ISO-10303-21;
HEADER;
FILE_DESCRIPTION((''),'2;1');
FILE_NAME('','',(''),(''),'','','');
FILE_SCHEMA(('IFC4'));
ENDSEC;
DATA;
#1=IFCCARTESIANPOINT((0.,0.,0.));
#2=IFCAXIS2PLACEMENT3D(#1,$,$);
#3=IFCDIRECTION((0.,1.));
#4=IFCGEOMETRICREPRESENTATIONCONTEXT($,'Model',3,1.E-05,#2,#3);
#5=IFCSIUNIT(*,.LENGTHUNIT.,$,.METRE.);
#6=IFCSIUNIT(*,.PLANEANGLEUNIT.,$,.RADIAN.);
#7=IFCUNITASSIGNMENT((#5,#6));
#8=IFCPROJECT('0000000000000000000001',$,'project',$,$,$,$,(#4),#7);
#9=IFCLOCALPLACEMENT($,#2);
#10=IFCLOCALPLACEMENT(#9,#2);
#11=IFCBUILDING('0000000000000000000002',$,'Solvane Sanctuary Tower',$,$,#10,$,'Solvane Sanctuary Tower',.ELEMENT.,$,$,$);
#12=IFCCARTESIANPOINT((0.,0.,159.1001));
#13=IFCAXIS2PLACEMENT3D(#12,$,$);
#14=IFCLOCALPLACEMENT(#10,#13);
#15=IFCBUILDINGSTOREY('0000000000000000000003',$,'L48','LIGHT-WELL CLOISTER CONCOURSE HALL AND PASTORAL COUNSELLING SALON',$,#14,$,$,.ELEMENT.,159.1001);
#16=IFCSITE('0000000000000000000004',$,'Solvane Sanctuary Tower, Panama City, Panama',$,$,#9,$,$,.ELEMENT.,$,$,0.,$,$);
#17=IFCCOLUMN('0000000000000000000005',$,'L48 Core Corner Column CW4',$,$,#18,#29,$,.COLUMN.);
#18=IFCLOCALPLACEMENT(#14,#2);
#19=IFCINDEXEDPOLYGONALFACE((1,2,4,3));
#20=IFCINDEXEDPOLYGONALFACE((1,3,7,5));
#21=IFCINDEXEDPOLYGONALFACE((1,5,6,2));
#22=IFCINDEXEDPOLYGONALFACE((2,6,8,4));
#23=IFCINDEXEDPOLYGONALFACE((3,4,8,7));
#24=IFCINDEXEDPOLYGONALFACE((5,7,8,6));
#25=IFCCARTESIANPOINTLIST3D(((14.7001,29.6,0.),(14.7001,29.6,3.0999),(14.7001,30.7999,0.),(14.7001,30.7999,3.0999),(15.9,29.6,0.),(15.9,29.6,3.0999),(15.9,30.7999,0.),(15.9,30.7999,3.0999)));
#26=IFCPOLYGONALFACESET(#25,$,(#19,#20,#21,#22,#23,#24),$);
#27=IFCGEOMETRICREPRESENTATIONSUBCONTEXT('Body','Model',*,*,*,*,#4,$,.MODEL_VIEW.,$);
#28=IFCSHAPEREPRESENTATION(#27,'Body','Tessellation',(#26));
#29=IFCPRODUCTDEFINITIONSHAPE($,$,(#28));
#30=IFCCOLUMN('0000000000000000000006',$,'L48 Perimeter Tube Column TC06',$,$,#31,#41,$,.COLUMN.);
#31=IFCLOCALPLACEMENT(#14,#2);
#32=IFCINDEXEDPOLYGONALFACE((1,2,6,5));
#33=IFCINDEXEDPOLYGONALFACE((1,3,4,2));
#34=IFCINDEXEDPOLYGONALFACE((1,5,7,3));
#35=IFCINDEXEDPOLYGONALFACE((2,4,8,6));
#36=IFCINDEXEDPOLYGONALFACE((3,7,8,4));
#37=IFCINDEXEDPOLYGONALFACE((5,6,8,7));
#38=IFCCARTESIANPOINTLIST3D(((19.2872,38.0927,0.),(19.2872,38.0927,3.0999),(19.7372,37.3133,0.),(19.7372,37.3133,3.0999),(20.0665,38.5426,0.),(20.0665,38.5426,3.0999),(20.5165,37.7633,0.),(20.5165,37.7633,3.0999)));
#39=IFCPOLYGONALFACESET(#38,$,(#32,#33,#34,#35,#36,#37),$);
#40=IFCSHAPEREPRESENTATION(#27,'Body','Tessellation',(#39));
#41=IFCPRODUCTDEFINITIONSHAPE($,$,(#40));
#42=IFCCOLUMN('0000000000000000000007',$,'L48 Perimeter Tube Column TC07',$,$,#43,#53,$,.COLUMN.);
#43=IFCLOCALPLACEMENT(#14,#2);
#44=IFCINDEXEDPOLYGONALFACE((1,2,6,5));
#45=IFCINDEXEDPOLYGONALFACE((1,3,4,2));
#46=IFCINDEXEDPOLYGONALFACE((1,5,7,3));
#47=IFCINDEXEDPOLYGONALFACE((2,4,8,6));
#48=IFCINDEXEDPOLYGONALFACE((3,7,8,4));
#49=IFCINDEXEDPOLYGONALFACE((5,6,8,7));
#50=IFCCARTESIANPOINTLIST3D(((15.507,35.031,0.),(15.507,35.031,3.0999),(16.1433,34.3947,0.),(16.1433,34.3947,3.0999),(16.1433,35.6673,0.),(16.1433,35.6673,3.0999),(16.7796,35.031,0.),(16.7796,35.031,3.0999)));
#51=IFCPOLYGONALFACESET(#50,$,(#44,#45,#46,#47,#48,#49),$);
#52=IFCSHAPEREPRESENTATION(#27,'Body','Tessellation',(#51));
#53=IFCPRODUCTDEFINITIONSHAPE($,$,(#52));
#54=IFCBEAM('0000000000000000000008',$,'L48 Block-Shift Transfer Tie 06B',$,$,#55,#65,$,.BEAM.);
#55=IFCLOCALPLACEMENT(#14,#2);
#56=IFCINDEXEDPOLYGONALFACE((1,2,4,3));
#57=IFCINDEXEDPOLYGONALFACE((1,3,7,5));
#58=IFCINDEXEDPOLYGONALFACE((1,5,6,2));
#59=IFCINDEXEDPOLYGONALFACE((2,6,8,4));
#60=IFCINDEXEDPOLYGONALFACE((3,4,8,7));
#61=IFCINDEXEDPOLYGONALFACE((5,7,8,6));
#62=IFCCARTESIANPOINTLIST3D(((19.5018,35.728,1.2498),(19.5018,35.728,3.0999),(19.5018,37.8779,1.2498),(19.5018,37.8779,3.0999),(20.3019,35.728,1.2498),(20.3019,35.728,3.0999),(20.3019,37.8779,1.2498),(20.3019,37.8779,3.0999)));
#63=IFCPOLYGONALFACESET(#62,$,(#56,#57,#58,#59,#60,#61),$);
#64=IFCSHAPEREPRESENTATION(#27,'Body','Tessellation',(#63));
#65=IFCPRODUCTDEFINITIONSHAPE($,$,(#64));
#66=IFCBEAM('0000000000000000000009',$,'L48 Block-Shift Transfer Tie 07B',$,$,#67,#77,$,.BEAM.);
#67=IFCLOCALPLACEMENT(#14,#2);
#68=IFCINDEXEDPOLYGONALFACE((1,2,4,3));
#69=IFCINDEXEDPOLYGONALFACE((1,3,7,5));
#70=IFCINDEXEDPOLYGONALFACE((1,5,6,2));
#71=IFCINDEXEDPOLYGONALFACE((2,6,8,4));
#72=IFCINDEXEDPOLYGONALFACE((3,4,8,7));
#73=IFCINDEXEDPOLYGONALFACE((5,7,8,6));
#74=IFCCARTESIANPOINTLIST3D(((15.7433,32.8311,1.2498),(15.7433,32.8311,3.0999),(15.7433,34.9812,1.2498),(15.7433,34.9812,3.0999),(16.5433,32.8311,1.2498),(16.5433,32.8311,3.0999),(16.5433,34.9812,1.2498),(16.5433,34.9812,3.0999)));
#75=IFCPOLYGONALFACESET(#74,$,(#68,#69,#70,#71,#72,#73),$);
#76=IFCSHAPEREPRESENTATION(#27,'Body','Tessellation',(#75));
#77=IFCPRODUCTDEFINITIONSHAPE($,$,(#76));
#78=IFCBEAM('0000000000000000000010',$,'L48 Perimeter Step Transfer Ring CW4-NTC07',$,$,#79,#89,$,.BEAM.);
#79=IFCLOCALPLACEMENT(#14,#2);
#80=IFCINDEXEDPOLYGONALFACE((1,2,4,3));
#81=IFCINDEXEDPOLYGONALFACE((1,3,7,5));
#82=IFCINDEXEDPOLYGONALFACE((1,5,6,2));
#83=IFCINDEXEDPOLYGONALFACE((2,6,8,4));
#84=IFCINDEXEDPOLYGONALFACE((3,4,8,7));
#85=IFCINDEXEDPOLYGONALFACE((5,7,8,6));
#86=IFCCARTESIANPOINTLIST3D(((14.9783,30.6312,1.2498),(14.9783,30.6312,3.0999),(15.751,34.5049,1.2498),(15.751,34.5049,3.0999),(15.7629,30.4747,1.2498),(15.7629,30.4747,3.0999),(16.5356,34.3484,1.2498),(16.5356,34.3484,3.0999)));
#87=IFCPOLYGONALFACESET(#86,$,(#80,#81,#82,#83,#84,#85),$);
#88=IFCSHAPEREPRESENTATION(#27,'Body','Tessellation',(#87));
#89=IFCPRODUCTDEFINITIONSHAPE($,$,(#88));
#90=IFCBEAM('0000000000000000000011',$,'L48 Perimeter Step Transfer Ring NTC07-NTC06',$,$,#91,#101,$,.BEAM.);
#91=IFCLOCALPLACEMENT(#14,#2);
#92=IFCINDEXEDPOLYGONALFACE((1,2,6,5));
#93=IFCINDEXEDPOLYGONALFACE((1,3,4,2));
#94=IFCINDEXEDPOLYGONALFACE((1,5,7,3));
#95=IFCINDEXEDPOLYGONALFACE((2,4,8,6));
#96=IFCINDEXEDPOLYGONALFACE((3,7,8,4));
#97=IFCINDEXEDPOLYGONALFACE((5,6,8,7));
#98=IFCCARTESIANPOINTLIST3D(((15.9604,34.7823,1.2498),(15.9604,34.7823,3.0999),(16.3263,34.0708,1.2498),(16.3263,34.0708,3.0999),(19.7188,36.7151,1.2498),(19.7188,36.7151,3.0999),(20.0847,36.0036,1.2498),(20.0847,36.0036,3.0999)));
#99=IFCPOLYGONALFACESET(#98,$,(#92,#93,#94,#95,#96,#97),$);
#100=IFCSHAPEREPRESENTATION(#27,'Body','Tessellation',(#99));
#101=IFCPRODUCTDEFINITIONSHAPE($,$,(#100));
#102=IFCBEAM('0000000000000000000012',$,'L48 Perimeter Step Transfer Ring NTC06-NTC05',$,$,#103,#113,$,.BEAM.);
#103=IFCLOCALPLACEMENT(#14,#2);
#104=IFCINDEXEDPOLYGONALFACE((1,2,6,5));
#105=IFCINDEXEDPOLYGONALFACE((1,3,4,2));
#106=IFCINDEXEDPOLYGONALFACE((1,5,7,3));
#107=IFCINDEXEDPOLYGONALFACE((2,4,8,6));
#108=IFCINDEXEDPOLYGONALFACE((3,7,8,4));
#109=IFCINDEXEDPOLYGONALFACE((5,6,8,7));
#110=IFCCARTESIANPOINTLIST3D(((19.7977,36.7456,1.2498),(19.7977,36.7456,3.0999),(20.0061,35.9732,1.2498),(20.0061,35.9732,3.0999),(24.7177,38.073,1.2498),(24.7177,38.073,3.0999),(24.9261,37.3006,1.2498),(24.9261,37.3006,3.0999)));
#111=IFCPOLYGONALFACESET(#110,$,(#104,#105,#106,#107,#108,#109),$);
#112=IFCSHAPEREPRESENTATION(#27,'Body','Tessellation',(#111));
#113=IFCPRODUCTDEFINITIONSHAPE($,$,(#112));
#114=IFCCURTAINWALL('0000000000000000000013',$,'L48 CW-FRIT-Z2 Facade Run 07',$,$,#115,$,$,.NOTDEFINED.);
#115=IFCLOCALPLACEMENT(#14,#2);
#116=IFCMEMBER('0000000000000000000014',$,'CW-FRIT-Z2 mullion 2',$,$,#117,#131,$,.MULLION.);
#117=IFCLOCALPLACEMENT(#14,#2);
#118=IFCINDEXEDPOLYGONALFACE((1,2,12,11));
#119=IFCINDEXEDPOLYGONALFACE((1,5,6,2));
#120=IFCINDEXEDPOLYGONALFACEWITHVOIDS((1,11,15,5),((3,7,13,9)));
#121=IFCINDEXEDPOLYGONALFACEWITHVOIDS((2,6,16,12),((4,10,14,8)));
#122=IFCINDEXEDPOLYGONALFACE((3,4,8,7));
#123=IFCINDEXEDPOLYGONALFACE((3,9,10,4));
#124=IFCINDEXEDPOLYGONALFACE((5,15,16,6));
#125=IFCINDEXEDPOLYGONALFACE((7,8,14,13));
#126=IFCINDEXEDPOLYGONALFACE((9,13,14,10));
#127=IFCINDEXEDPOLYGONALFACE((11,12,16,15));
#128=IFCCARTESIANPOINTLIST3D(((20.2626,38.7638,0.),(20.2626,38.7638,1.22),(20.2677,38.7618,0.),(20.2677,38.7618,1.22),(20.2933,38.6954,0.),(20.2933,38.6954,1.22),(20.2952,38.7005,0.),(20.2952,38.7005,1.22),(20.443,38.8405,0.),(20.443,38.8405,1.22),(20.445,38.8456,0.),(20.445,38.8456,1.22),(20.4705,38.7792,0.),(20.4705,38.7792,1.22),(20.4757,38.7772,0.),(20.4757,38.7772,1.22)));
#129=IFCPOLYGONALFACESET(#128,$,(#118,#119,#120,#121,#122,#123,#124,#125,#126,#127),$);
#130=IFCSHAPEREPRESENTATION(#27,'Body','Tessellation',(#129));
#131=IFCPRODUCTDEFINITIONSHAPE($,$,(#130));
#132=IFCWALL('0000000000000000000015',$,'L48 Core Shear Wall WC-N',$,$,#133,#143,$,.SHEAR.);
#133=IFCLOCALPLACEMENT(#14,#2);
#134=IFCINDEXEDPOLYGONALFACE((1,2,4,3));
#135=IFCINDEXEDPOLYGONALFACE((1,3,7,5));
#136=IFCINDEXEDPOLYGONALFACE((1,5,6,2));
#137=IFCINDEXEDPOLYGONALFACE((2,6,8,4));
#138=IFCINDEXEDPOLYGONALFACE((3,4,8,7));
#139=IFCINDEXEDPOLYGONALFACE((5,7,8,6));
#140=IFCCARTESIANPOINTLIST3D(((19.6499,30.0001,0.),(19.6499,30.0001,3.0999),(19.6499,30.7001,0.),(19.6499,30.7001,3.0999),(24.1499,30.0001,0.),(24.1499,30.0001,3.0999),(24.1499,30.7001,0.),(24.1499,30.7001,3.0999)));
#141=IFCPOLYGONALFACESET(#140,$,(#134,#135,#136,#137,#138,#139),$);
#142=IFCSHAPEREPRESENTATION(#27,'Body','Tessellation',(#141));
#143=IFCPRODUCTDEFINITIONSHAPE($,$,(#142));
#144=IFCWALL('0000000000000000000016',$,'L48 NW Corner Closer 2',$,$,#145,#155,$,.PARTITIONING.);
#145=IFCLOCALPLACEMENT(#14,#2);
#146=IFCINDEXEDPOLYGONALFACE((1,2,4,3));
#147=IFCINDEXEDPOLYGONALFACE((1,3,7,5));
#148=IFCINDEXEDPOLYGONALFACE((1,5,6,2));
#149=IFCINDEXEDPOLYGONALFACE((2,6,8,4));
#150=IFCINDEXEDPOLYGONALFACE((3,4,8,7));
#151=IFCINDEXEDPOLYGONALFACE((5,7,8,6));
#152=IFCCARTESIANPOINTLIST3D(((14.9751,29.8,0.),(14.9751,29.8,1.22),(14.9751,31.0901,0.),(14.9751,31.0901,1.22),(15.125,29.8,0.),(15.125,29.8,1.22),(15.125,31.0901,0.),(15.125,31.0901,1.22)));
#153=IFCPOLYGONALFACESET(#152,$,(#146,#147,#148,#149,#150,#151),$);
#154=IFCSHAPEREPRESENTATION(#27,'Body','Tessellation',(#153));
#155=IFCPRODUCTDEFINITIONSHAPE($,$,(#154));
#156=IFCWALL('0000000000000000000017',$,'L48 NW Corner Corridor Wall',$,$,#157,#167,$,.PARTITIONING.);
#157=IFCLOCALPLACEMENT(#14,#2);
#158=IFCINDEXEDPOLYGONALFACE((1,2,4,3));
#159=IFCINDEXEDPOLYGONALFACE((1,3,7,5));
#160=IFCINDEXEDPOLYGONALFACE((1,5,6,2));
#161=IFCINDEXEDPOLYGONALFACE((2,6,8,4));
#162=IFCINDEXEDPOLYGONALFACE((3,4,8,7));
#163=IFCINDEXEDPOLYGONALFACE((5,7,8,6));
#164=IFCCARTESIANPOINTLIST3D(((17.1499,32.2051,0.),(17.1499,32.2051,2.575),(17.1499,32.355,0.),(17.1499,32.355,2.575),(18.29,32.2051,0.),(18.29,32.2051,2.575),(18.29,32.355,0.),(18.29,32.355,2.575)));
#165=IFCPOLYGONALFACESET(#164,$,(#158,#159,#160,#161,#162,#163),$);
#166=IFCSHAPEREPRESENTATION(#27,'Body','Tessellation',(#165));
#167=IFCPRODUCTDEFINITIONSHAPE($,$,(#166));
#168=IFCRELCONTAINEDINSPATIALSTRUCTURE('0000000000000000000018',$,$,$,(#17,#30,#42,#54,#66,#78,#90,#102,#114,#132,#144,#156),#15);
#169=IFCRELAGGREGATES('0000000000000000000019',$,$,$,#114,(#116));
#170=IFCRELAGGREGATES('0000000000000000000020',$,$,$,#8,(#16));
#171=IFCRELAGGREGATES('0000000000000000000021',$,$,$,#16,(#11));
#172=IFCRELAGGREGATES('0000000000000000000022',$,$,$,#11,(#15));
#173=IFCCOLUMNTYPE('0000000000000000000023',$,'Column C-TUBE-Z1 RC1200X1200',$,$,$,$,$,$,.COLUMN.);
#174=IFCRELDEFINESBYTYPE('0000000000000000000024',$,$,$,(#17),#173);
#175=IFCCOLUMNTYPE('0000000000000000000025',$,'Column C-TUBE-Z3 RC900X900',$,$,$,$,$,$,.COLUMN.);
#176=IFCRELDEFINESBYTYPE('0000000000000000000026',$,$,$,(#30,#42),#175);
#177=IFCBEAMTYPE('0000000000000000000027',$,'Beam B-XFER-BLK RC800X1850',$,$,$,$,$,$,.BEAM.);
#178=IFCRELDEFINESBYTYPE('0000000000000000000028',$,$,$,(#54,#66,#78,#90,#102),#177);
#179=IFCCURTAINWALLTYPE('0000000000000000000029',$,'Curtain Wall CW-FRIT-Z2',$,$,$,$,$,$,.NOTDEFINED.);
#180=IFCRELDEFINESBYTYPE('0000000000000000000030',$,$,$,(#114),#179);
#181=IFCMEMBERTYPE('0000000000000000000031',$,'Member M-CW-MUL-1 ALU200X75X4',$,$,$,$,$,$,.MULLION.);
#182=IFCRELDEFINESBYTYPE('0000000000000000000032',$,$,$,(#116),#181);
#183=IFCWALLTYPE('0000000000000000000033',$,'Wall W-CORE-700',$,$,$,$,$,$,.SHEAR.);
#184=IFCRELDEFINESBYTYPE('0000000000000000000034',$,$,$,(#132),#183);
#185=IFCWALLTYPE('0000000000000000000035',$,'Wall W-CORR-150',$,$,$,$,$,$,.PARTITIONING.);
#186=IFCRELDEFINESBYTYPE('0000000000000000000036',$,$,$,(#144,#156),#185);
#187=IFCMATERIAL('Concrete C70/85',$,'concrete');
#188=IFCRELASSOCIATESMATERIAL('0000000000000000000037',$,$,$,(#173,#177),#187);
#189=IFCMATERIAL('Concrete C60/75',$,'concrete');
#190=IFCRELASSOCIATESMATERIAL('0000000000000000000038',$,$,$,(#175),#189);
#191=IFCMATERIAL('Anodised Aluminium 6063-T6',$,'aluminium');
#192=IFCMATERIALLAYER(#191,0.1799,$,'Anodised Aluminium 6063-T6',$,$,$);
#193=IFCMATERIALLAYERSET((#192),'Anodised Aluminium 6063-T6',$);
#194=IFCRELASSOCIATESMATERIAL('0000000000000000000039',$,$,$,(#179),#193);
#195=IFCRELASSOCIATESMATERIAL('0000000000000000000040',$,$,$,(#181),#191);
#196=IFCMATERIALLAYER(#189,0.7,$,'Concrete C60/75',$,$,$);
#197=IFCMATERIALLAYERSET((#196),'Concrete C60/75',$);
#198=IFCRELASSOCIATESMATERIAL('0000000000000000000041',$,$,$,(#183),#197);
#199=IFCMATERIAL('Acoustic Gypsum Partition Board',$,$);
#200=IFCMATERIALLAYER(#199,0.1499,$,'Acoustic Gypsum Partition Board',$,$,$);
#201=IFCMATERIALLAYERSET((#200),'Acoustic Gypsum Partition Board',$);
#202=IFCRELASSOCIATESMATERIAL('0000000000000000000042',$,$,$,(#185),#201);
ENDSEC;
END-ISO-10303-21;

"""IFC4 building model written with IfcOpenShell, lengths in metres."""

from ifc_helpers import new_model, si_unit, direction, frame, frame_2d, origin, origin_2d, place, context, subcontext, project, spatial, rectangle, hollow_rectangle, extrude, material, layer, layer_set, material_profile, profile_set, type_object, element, aggregate, save


model = new_model("IFC4")

# Units and contexts
model_context = context("Model", 3, precision=1e-05, world=origin(), true_north=direction((0.0, 1.0)))
body_context = subcontext(model_context, "Body", "Model", "MODEL_VIEW")
ifc_project = project(units=[si_unit("LENGTHUNIT", "METRE"), si_unit("PLANEANGLEUNIT", "RADIAN")], contexts=[model_context])

# Site, building, storey
site_placement = place(None, origin())
site = spatial("IfcSite", under=ifc_project, at=site_placement, Name="Solvane Sanctuary Tower, Panama City, Panama", CompositionType="ELEMENT", RefElevation=0.0)
building_placement = place(site_placement, origin())
building = spatial("IfcBuilding", under=site, at=building_placement, Name="Solvane Sanctuary Tower", LongName="Solvane Sanctuary Tower", CompositionType="ELEMENT")
storey_placement = place(building_placement, frame((0.0, 0.0, 159.1001)))
storey = spatial("IfcBuildingStorey", under=building, at=storey_placement, Name="L48", Description="LIGHT-WELL CLOISTER CONCOURSE HALL AND PASTORAL COUNSELLING SALON", CompositionType="ELEMENT", Elevation=159.1001)

# Columns
ifc_material_1 = material(Name="Concrete C70/85", Category="concrete")
ifc_material_profile_1 = material_profile(ifc_material_1, rectangle(XDim=1.2, YDim=1.2, at=origin_2d()), Name="RC1200X1200")
ifc_profile_set_1 = profile_set([ifc_material_profile_1], Name="Concrete C70/85")
column_type_1 = type_object("IfcColumnType", Name="Column C-TUBE-Z1 RC1200X1200", PredefinedType="COLUMN", material=ifc_profile_set_1)
column_placement = place(storey_placement, frame((15.3, 30.2, 0.0), z_axis=(0.0, 0.0, 1.0), x_axis=(1.0, 0.0, 0.0)))
element("IfcColumn", 1, at=column_placement, inside=storey, type_object=column_type_1, Name="L48 Core Corner Column CW4", PredefinedType="COLUMN", context=body_context, shape_type="SweptSolid", body=[
    extrude(rectangle(XDim=1.2, YDim=1.2, at=origin_2d()), origin(), (0.0, 0.0, 1.0), 3.0999),
])
ifc_material_2 = material(Name="Concrete C60/75", Category="concrete")
ifc_material_profile_2 = material_profile(ifc_material_2, rectangle(XDim=0.8999, YDim=0.8999, at=origin_2d()), Name="RC900X900")
ifc_profile_set_2 = profile_set([ifc_material_profile_2], Name="Concrete C60/75")
column_type_2 = type_object("IfcColumnType", Name="Column C-TUBE-Z3 RC900X900", PredefinedType="COLUMN", material=ifc_profile_set_2)
for number, where, z_axis, x_axis, name in (
    (2, (19.9019, 37.928, 0.0), (0.0, 0.0, 1.0), (-0.5, 0.866025, 0.0), "L48 Perimeter Tube Column TC06"),
    (3, (16.1433, 35.031, 0.0), (0.0, 0.0, 1.0), (-0.707107, 0.707107, 0.0), "L48 Perimeter Tube Column TC07"),
):
    element("IfcColumn", number, at=place(storey_placement, frame(where, z_axis=z_axis, x_axis=x_axis)), inside=storey, type_object=column_type_2, Name=name, PredefinedType="COLUMN", context=body_context, shape_type="SweptSolid", body=[
        extrude(rectangle(XDim=0.8999, YDim=0.8999, at=origin_2d()), origin(), (0.0, 0.0, 1.0), 3.0999),
    ])

# Beams
ifc_material_profile_3 = material_profile(ifc_material_1, rectangle(XDim=0.8, YDim=1.8501, at=origin_2d()), Name="RC800X1850")
ifc_profile_set_3 = profile_set([ifc_material_profile_3], Name="Concrete C70/85")
beam_type = type_object("IfcBeamType", Name="Beam B-XFER-BLK RC800X1850", PredefinedType="BEAM", material=ifc_profile_set_3)
beam_1_placement = place(storey_placement, frame((19.9019, 37.8779, 2.1748), z_axis=(0.0, -1.0, 0.0), x_axis=(1.0, 0.0, 0.0)))
element("IfcBeam", 4, at=beam_1_placement, inside=storey, type_object=beam_type, Name="L48 Block-Shift Transfer Tie 06B", PredefinedType="BEAM", context=body_context, shape_type="SweptSolid", body=[
    extrude(rectangle(XDim=0.8, YDim=1.8501, at=origin_2d()), origin(), (0.0, 0.0, 1.0), 2.1499),
])
beam_2_placement = place(storey_placement, frame((16.1433, 34.9812, 2.1748), z_axis=(0.0, -1.0, 0.0), x_axis=(1.0, 0.0, 0.0)))
element("IfcBeam", 5, at=beam_2_placement, inside=storey, type_object=beam_type, Name="L48 Block-Shift Transfer Tie 07B", PredefinedType="BEAM", context=body_context, shape_type="SweptSolid", body=[
    extrude(rectangle(XDim=0.8, YDim=1.8501, at=origin_2d()), origin(), (0.0, 0.0, 1.0), 2.1501),
])
beam_3_placement = place(storey_placement, frame((15.3706, 30.553, 2.1748), z_axis=(0.195629, 0.980678, 0.0), x_axis=(-0.980678, 0.195629, 0.0)))
element("IfcBeam", 6, at=beam_3_placement, inside=storey, type_object=beam_type, Name="L48 Perimeter Step Transfer Ring CW4-NTC07", PredefinedType="BEAM", context=body_context, shape_type="SweptSolid", body=[
    extrude(rectangle(XDim=0.8, YDim=1.8501, at=origin_2d()), origin(), (0.0, 0.0, 1.0), 3.95),
])
beam_4_placement = place(storey_placement, frame((16.1433, 34.4265, 2.1748), z_axis=(0.889298, 0.457328, 0.0), x_axis=(-0.457328, 0.889298, 0.0)))
element("IfcBeam", 7, at=beam_4_placement, inside=storey, type_object=beam_type, Name="L48 Perimeter Step Transfer Ring NTC07-NTC06", PredefinedType="BEAM", context=body_context, shape_type="SweptSolid", body=[
    extrude(rectangle(XDim=0.8, YDim=1.8501, at=origin_2d()), origin(), (0.0, 0.0, 1.0), 4.2263),
])
beam_5_placement = place(storey_placement, frame((19.9019, 36.3594, 2.1748), z_axis=(0.965478, 0.260485, 0.0), x_axis=(-0.260485, 0.965478, 0.0)))
element("IfcBeam", 8, at=beam_5_placement, inside=storey, type_object=beam_type, Name="L48 Perimeter Step Transfer Ring NTC06-NTC05", PredefinedType="BEAM", context=body_context, shape_type="SweptSolid", body=[
    extrude(rectangle(XDim=0.8, YDim=1.8501, at=origin_2d()), origin(), (0.0, 0.0, 1.0), 5.0959),
])

# Curtain wall, member
ifc_material_3 = material(Name="Anodised Aluminium 6063-T6", Category="aluminium")
ifc_layer_1 = layer(ifc_material_3, 0.1799, Name="Anodised Aluminium 6063-T6")
ifc_layer_set_1 = layer_set([ifc_layer_1], Name="Anodised Aluminium 6063-T6")
curtain_wall_type = type_object("IfcCurtainWallType", Name="Curtain Wall CW-FRIT-Z2", PredefinedType="NOTDEFINED", material=ifc_layer_set_1)
curtain_wall_placement = place(storey_placement, origin())
curtain_wall = element("IfcCurtainWall", 9, at=curtain_wall_placement, inside=storey, type_object=curtain_wall_type, Name="L48 CW-FRIT-Z2 Facade Run 07", PredefinedType="NOTDEFINED")
ifc_material_profile_4 = material_profile(ifc_material_3, hollow_rectangle(XDim=0.075, YDim=0.2, WallThickness=0.0039, at=origin_2d()), Name="ALU200X75X4")
ifc_profile_set_4 = profile_set([ifc_material_profile_4], Name="Anodised Aluminium 6063-T6")
member_type = type_object("IfcMemberType", Name="Member M-CW-MUL-1 ALU200X75X4", PredefinedType="MULLION", material=ifc_profile_set_4)
member_placement = place(storey_placement, frame((20.3691, 38.7705, 0.0), z_axis=(0.0, 0.0, 1.0), x_axis=(0.409411, -0.91235, 0.0)))
member = element("IfcMember", 10, at=member_placement, type_object=member_type, Name="CW-FRIT-Z2 mullion 2", PredefinedType="MULLION", context=body_context, shape_type="SweptSolid", body=[
    extrude(hollow_rectangle(XDim=0.075, YDim=0.2, WallThickness=0.0039, at=origin_2d()), origin(), (0.0, 0.0, 1.0), 1.22),
])
aggregate(curtain_wall, [member])

# Walls
ifc_layer_2 = layer(ifc_material_2, 0.7, Name="Concrete C60/75")
ifc_layer_set_2 = layer_set([ifc_layer_2], Name="Concrete C60/75")
wall_type_1 = type_object("IfcWallType", Name="Wall W-CORE-700", PredefinedType="SHEAR", material=ifc_layer_set_2)
wall_1_placement = place(storey_placement, frame((19.6499, 30.3501, 0.0), z_axis=(0.0, 0.0, 1.0), x_axis=(1.0, 0.0, 0.0)))
element("IfcWall", 11, at=wall_1_placement, inside=storey, type_object=wall_type_1, Name="L48 Core Shear Wall WC-N", PredefinedType="SHEAR", context=body_context, shape_type="SweptSolid", body=[
    extrude(rectangle(XDim=4.5, YDim=0.7, at=frame_2d((2.25, 0.0))), origin(), (0.0, 0.0, 1.0), 3.0999),
])
ifc_material_4 = material(Name="Acoustic Gypsum Partition Board")
ifc_layer_3 = layer(ifc_material_4, 0.1499, Name="Acoustic Gypsum Partition Board")
ifc_layer_set_3 = layer_set([ifc_layer_3], Name="Acoustic Gypsum Partition Board")
wall_type_2 = type_object("IfcWallType", Name="Wall W-CORR-150", PredefinedType="PARTITIONING", material=ifc_layer_set_3)
wall_2_placement = place(storey_placement, frame((15.05, 29.8, 0.0), z_axis=(0.0, 0.0, 1.0), x_axis=(0.0, 1.0, 0.0)))
element("IfcWall", 12, at=wall_2_placement, inside=storey, type_object=wall_type_2, Name="L48 NW Corner Closer 2", PredefinedType="PARTITIONING", context=body_context, shape_type="SweptSolid", body=[
    extrude(rectangle(XDim=1.29, YDim=0.1499, at=frame_2d((0.645, 0.0))), origin(), (0.0, 0.0, 1.0), 1.22),
])
wall_3_placement = place(storey_placement, frame((17.1499, 32.28, 0.0), z_axis=(0.0, 0.0, 1.0), x_axis=(1.0, 0.0, 0.0)))
element("IfcWall", 13, at=wall_3_placement, inside=storey, type_object=wall_type_2, Name="L48 NW Corner Corridor Wall", PredefinedType="PARTITIONING", context=body_context, shape_type="SweptSolid", body=[
    extrude(rectangle(XDim=1.1401, YDim=0.1499, at=frame_2d((0.5701, 0.0))), origin(), (0.0, 0.0, 1.0), 2.575),
])

save(model, "model.ifc")
